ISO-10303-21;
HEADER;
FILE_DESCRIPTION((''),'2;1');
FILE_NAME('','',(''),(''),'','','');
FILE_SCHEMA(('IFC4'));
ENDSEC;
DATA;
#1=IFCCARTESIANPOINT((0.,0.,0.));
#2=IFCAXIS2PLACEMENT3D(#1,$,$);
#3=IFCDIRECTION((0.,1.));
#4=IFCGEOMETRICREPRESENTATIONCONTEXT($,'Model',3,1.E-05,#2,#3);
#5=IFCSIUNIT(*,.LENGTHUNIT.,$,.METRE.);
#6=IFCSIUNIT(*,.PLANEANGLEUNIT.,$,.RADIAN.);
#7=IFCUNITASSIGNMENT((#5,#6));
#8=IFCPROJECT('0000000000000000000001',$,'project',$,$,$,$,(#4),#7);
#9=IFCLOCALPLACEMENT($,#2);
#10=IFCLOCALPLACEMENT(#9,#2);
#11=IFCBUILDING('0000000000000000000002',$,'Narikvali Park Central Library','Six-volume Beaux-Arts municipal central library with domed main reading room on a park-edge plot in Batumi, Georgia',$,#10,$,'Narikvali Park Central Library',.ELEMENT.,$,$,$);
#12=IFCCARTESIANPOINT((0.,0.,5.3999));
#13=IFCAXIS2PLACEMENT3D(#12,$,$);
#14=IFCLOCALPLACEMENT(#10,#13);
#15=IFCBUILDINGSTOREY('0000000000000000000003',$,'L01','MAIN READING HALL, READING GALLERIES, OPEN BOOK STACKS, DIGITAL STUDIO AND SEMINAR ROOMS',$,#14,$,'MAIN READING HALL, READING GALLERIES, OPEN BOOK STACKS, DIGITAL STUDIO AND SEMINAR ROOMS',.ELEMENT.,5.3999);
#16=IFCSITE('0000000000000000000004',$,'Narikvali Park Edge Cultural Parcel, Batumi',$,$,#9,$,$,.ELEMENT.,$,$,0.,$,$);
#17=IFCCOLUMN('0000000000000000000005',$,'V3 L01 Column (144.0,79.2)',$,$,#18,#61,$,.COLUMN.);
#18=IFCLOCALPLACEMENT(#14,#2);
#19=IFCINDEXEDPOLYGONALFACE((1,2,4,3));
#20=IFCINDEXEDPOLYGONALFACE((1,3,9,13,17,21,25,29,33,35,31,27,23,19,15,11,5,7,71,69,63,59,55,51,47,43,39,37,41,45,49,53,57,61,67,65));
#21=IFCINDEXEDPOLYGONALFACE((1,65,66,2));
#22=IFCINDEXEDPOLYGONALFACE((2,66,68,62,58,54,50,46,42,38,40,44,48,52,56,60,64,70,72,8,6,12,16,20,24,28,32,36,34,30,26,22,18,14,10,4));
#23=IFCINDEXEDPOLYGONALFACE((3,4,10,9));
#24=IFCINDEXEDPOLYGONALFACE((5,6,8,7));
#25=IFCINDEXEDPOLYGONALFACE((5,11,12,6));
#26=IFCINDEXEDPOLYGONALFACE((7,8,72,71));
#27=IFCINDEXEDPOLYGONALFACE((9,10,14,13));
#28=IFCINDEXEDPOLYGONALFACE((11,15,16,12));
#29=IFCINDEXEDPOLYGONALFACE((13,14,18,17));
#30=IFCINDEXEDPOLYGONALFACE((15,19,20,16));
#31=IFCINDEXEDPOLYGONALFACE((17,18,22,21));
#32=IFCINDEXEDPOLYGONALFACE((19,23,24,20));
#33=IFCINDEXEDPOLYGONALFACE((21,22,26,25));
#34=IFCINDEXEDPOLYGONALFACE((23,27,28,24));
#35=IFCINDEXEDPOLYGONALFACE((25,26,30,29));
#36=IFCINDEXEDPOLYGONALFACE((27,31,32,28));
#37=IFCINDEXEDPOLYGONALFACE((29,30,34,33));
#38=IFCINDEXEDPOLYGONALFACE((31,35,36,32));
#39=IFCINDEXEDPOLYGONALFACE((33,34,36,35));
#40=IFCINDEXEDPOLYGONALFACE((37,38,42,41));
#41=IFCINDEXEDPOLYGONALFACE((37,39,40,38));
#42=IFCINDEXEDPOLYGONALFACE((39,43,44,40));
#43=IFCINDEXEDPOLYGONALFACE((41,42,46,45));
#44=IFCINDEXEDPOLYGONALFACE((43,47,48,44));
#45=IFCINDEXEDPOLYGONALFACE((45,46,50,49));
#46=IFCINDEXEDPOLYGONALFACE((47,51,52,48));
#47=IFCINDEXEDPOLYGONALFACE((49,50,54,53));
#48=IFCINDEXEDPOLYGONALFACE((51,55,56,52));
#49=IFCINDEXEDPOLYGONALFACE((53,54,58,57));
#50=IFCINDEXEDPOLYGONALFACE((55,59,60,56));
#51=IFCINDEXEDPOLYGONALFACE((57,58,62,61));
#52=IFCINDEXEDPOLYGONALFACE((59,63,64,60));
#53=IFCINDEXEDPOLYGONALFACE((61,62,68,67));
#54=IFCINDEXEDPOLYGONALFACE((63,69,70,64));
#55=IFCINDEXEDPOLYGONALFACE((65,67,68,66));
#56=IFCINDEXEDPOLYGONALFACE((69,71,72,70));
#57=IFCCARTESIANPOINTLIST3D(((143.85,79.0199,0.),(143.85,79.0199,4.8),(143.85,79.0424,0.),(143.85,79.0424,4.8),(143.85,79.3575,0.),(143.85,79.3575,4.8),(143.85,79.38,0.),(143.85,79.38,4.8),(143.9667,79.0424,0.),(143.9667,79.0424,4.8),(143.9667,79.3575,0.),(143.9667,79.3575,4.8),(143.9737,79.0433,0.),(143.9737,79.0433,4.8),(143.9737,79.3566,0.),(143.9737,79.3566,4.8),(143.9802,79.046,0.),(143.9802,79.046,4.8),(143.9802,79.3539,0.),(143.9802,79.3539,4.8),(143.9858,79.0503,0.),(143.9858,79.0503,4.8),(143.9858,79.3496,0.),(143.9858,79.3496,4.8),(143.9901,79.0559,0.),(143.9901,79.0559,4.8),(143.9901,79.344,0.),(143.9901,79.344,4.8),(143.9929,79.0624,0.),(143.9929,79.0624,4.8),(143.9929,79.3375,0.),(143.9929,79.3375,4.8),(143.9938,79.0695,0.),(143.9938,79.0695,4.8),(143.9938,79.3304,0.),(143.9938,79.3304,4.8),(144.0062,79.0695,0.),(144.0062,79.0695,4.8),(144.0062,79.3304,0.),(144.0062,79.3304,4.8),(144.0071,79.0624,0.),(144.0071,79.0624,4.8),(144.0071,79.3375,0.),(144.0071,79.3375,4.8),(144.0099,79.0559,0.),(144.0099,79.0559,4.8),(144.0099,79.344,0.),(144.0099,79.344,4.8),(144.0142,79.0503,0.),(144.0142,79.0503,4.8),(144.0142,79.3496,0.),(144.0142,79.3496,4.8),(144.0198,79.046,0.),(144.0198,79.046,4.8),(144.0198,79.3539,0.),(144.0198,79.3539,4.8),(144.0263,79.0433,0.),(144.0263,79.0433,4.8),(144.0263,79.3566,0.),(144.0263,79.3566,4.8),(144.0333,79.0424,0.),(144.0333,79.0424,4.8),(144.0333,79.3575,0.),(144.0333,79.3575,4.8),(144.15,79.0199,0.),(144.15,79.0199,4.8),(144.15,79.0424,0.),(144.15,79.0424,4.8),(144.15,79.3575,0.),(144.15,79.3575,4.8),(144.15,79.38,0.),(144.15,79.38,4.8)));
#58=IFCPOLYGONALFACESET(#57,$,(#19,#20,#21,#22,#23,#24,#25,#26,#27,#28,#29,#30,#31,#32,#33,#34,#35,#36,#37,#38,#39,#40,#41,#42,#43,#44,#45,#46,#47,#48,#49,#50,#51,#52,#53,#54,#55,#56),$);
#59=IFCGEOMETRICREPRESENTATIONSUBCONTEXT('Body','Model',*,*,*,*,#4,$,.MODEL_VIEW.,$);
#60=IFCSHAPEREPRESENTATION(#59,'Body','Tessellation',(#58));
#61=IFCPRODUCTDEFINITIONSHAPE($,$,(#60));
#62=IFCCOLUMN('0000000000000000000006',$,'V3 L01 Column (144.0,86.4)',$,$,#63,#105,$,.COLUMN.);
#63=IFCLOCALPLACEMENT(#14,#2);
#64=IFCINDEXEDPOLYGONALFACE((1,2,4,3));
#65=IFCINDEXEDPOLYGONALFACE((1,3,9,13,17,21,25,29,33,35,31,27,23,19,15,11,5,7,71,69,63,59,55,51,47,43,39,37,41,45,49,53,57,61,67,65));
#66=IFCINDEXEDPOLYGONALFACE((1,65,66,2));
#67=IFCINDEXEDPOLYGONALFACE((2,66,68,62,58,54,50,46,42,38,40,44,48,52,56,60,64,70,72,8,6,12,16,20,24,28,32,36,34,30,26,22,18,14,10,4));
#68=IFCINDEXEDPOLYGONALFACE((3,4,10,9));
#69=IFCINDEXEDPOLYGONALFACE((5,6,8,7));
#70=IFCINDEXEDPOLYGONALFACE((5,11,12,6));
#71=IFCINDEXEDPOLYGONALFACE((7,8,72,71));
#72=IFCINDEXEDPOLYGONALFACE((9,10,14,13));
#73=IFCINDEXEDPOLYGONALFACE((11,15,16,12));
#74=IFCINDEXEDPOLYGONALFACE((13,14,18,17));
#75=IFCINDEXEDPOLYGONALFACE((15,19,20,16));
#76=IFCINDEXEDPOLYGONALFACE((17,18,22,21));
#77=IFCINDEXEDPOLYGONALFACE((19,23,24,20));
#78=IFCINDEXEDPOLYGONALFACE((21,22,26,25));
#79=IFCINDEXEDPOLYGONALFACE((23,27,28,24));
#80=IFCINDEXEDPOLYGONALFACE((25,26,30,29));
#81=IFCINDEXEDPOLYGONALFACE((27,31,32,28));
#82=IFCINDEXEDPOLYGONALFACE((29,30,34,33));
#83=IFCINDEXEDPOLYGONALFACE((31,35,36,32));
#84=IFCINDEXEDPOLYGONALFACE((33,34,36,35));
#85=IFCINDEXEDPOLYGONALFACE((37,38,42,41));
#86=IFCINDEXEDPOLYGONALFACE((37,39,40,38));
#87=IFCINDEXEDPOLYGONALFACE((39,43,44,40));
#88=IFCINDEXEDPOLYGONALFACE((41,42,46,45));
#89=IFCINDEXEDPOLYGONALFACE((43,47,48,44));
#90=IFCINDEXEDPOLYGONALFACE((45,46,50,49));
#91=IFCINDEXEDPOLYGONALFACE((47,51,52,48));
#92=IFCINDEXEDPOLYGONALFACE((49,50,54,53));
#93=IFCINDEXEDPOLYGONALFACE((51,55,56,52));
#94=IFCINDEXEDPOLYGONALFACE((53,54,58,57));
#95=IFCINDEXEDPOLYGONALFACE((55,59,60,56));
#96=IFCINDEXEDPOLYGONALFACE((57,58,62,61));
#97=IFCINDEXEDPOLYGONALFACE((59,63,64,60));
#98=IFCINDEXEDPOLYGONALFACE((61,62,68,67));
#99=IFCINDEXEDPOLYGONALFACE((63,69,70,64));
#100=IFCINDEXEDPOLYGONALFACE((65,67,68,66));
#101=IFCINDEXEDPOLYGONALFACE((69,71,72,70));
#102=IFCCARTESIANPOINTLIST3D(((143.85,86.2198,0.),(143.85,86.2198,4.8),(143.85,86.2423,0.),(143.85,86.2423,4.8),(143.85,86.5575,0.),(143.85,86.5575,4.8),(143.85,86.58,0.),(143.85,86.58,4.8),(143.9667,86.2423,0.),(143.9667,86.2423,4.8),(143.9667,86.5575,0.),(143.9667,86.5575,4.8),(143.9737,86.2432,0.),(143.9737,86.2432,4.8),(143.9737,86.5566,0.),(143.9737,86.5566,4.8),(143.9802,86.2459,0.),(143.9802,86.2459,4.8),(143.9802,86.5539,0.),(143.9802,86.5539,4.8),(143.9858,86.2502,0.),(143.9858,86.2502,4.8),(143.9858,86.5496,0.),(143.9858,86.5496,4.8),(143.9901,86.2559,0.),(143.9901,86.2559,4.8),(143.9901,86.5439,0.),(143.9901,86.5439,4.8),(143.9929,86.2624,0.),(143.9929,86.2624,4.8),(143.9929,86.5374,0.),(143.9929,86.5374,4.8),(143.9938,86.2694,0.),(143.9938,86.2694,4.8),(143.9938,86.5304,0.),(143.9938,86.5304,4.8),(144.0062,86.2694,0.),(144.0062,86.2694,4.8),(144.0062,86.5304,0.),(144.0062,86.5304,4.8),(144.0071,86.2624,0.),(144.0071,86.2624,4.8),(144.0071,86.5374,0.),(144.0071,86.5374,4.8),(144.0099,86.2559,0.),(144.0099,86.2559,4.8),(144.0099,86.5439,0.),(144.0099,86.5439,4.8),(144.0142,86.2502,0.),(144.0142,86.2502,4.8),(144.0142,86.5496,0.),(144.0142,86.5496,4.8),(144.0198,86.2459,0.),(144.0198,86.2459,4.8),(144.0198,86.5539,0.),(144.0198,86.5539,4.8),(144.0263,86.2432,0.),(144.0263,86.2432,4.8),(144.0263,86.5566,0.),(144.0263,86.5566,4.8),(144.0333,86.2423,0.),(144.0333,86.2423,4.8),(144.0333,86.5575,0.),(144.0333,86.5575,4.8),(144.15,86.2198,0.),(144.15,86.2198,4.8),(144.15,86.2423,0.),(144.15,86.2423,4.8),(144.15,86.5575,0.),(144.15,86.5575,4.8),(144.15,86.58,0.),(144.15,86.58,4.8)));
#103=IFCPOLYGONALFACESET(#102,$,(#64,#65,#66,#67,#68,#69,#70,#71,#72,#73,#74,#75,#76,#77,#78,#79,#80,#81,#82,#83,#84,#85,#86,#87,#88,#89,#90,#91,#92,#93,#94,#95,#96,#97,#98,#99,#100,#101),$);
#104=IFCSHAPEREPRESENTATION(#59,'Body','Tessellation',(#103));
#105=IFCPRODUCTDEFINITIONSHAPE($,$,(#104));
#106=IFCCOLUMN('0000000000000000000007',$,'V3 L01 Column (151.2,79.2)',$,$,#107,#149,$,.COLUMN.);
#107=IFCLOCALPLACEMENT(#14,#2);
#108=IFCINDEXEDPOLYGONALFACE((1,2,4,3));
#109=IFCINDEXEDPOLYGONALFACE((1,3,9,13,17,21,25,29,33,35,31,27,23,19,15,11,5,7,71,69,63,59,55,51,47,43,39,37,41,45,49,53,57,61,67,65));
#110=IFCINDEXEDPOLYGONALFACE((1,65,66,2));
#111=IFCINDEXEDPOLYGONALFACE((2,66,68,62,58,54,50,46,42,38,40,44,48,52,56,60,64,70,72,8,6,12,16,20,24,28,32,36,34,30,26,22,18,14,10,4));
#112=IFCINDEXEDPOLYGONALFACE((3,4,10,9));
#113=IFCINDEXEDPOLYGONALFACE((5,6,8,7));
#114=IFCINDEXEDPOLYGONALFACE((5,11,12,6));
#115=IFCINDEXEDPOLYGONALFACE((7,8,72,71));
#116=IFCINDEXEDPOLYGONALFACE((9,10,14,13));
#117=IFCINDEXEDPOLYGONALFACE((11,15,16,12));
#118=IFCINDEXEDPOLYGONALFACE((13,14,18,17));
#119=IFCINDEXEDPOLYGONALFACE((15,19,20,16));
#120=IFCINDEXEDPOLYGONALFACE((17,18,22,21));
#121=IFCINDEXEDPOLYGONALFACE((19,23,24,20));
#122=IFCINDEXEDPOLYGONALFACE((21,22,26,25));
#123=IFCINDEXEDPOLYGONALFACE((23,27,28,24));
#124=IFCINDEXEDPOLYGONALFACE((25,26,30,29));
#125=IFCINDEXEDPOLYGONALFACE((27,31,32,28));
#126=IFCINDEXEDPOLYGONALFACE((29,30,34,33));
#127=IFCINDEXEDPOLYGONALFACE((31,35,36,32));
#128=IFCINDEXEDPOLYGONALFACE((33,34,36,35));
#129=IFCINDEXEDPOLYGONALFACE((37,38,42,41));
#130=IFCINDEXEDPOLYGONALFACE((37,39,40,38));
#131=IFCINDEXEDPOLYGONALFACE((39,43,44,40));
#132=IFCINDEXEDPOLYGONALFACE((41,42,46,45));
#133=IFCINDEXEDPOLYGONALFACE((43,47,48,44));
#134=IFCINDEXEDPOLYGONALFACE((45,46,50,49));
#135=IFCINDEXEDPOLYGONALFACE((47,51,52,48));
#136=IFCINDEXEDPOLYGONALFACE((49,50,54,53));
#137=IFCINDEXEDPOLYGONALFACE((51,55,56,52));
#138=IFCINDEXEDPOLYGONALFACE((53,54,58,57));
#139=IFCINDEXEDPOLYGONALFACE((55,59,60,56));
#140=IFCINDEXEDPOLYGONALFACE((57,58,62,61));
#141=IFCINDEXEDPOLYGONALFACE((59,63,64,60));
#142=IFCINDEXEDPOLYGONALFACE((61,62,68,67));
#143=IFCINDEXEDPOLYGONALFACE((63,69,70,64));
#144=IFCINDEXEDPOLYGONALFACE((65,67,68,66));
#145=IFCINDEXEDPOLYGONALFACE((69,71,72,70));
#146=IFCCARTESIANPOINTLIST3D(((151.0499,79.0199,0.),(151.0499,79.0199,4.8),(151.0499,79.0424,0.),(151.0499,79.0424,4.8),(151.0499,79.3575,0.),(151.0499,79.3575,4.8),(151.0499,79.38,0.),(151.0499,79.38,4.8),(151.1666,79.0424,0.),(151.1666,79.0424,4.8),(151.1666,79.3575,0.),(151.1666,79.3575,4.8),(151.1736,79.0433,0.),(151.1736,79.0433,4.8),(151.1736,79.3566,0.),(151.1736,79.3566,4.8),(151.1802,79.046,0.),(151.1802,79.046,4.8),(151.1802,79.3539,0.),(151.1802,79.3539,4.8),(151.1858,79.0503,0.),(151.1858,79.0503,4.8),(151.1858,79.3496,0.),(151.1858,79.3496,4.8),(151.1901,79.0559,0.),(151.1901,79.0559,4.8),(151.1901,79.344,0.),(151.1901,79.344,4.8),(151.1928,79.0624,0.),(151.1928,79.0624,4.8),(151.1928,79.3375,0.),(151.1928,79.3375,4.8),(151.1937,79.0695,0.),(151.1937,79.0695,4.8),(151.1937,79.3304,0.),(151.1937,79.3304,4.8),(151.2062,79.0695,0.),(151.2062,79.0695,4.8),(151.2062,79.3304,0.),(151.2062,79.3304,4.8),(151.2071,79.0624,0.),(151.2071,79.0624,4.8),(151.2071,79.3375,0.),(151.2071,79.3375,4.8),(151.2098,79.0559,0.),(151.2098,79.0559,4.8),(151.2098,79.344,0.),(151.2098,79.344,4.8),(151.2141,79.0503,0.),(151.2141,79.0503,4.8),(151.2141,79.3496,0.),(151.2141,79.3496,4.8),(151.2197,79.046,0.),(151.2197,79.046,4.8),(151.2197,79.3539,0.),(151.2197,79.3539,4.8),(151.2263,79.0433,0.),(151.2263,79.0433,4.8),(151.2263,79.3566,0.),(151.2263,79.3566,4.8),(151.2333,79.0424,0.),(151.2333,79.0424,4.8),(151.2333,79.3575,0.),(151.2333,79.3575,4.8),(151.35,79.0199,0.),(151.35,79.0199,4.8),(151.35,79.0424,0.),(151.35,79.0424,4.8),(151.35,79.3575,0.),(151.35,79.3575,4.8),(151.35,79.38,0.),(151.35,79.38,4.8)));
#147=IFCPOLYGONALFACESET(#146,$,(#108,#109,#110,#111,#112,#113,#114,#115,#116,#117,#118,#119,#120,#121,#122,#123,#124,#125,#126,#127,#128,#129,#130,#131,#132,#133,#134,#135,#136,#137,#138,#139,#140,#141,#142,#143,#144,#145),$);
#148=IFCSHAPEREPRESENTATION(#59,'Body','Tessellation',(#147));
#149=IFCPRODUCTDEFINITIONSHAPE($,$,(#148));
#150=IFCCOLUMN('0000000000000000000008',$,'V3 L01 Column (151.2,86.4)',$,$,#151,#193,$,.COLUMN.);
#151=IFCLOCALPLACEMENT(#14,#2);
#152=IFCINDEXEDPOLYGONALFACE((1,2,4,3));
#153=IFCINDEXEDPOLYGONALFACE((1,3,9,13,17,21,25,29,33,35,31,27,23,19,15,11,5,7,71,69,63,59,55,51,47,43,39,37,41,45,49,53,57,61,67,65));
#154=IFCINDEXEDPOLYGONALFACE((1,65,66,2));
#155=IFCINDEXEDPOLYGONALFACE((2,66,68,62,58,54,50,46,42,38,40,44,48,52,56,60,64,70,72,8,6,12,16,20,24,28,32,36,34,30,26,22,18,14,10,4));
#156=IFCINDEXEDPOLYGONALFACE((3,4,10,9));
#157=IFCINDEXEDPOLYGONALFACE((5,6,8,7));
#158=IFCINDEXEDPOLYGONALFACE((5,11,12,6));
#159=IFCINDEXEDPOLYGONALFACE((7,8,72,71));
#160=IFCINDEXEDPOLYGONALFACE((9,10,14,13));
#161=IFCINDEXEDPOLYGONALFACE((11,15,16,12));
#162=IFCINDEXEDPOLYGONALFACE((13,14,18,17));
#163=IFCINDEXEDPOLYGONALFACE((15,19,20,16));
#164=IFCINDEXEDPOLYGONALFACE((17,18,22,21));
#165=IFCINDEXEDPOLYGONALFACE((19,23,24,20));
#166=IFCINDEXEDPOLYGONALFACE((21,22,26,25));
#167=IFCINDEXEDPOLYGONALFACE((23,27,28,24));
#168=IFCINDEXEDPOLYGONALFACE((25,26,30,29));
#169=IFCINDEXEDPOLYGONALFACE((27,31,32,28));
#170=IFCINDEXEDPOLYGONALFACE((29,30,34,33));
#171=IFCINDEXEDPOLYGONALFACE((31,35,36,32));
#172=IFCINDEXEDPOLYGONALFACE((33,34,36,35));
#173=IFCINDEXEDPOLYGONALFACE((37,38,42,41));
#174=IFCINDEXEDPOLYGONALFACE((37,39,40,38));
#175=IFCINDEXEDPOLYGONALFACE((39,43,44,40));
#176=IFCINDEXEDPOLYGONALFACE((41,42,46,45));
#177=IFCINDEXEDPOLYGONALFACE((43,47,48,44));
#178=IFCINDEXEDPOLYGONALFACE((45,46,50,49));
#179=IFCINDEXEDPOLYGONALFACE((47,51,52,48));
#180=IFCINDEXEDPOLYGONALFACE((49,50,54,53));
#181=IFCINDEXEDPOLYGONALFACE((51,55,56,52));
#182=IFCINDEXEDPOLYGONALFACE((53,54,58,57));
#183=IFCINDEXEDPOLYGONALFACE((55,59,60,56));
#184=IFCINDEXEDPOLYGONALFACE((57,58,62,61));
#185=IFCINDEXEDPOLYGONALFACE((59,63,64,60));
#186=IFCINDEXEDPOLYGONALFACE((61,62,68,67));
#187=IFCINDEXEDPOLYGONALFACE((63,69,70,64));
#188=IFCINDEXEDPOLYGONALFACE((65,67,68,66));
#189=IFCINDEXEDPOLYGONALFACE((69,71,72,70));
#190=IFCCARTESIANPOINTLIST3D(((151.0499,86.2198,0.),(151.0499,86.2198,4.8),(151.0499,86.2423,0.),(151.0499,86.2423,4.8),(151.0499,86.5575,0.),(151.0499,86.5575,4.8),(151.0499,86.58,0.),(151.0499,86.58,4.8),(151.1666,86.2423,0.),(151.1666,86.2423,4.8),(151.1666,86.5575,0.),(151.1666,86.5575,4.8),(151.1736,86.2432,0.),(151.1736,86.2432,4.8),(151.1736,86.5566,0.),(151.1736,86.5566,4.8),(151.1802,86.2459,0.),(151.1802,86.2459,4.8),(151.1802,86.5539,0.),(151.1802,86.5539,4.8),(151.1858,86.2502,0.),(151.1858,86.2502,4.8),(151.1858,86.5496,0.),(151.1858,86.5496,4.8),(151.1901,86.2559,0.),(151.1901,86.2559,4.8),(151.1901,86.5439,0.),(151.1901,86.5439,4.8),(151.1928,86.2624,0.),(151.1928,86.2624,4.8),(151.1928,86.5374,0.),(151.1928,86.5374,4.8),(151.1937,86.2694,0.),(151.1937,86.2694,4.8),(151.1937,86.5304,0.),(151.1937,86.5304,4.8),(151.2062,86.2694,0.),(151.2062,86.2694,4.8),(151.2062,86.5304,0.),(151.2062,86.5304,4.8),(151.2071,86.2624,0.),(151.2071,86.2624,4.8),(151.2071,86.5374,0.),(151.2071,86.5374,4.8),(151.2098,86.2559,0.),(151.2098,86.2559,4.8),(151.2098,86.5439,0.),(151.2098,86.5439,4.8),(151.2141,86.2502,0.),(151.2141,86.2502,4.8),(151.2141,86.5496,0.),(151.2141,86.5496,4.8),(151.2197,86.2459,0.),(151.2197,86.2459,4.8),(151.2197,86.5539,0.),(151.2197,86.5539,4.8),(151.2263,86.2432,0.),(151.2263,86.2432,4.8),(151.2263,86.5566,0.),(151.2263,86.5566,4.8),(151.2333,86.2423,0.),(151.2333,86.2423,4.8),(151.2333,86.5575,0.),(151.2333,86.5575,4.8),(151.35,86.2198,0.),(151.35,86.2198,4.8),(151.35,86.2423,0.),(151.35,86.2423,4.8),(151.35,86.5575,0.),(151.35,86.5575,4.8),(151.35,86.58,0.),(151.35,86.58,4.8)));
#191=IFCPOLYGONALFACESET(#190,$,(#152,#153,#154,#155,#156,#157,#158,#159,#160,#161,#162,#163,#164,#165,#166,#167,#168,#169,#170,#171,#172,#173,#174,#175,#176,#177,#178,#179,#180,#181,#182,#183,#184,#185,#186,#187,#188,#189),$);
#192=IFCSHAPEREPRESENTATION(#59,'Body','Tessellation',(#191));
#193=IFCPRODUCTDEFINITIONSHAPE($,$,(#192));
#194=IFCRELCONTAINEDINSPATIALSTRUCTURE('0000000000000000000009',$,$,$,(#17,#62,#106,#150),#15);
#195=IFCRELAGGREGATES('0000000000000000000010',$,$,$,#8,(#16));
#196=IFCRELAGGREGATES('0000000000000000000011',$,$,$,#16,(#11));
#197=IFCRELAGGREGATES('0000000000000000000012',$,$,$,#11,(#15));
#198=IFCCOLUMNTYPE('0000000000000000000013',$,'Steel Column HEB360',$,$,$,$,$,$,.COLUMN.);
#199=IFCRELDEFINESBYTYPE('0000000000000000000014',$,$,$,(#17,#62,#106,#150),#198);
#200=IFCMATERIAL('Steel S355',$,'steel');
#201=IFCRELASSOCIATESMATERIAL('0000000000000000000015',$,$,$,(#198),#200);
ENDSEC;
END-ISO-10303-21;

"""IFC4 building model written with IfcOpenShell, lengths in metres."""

from ifc_helpers import new_model, si_unit, direction, frame, origin, origin_2d, place, context, subcontext, project, spatial, i_section, extrude, material, material_profile, profile_set, type_object, element, save


model = new_model("IFC4")

# Units and contexts
model_context = context("Model", 3, precision=1e-05, world=origin(), true_north=direction((0.0, 1.0)))
body_context = subcontext(model_context, "Body", "Model", "MODEL_VIEW")
ifc_project = project(units=[si_unit("LENGTHUNIT", "METRE"), si_unit("PLANEANGLEUNIT", "RADIAN")], contexts=[model_context])

# Site, building, storey
site_placement = place(None, origin())
site = spatial("IfcSite", under=ifc_project, at=site_placement, Name="Narikvali Park Edge Cultural Parcel, Batumi", CompositionType="ELEMENT", RefElevation=0.0)
building_placement = place(site_placement, origin())
building = spatial("IfcBuilding", under=site, at=building_placement, Name="Narikvali Park Central Library", Description="Six-volume Beaux-Arts municipal central library with domed main reading room on a park-edge plot in Batumi, Georgia", LongName="Narikvali Park Central Library", CompositionType="ELEMENT")
storey_placement = place(building_placement, frame((0.0, 0.0, 5.3999)))
storey = spatial("IfcBuildingStorey", under=building, at=storey_placement, Name="L01", Description="MAIN READING HALL, READING GALLERIES, OPEN BOOK STACKS, DIGITAL STUDIO AND SEMINAR ROOMS", LongName="MAIN READING HALL, READING GALLERIES, OPEN BOOK STACKS, DIGITAL STUDIO AND SEMINAR ROOMS", CompositionType="ELEMENT", Elevation=5.3999)

# Columns
ifc_material_1 = material(Name="Steel S355", Category="steel")
ifc_material_profile_1 = material_profile(ifc_material_1, i_section(OverallWidth=0.3, OverallDepth=0.3601, WebThickness=0.0125, FlangeThickness=0.0225, FilletRadius=0.0271, at=origin_2d()), Name="HEB 360")
ifc_profile_set_1 = profile_set([ifc_material_profile_1], Name="Steel S355")
column_type = type_object("IfcColumnType", Name="Steel Column HEB360", PredefinedType="COLUMN", material=ifc_profile_set_1)
for number, where, z_axis, x_axis, name in (
    (1, (144.0, 79.2, 0.0), (0.0, 0.0, 1.0), (1.0, 0.0, 0.0), "V3 L01 Column (144.0,79.2)"),
    (2, (144.0, 86.3999, 0.0), (0.0, 0.0, 1.0), (1.0, 0.0, 0.0), "V3 L01 Column (144.0,86.4)"),
    (3, (151.2, 79.2, 0.0), (0.0, 0.0, 1.0), (1.0, 0.0, 0.0), "V3 L01 Column (151.2,79.2)"),
    (4, (151.2, 86.3999, 0.0), (0.0, 0.0, 1.0), (1.0, 0.0, 0.0), "V3 L01 Column (151.2,86.4)"),
):
    element("IfcColumn", number, at=place(storey_placement, frame(where, z_axis=z_axis, x_axis=x_axis)), inside=storey, type_object=column_type, Name=name, PredefinedType="COLUMN", context=body_context, shape_type="SweptSolid", body=[
        extrude(i_section(OverallWidth=0.3, OverallDepth=0.3601, WebThickness=0.0125, FlangeThickness=0.0225, FilletRadius=0.0271, at=origin_2d()), origin(), (0.0, 0.0, 1.0), 4.8),
    ])

save(model, "model.ifc")
